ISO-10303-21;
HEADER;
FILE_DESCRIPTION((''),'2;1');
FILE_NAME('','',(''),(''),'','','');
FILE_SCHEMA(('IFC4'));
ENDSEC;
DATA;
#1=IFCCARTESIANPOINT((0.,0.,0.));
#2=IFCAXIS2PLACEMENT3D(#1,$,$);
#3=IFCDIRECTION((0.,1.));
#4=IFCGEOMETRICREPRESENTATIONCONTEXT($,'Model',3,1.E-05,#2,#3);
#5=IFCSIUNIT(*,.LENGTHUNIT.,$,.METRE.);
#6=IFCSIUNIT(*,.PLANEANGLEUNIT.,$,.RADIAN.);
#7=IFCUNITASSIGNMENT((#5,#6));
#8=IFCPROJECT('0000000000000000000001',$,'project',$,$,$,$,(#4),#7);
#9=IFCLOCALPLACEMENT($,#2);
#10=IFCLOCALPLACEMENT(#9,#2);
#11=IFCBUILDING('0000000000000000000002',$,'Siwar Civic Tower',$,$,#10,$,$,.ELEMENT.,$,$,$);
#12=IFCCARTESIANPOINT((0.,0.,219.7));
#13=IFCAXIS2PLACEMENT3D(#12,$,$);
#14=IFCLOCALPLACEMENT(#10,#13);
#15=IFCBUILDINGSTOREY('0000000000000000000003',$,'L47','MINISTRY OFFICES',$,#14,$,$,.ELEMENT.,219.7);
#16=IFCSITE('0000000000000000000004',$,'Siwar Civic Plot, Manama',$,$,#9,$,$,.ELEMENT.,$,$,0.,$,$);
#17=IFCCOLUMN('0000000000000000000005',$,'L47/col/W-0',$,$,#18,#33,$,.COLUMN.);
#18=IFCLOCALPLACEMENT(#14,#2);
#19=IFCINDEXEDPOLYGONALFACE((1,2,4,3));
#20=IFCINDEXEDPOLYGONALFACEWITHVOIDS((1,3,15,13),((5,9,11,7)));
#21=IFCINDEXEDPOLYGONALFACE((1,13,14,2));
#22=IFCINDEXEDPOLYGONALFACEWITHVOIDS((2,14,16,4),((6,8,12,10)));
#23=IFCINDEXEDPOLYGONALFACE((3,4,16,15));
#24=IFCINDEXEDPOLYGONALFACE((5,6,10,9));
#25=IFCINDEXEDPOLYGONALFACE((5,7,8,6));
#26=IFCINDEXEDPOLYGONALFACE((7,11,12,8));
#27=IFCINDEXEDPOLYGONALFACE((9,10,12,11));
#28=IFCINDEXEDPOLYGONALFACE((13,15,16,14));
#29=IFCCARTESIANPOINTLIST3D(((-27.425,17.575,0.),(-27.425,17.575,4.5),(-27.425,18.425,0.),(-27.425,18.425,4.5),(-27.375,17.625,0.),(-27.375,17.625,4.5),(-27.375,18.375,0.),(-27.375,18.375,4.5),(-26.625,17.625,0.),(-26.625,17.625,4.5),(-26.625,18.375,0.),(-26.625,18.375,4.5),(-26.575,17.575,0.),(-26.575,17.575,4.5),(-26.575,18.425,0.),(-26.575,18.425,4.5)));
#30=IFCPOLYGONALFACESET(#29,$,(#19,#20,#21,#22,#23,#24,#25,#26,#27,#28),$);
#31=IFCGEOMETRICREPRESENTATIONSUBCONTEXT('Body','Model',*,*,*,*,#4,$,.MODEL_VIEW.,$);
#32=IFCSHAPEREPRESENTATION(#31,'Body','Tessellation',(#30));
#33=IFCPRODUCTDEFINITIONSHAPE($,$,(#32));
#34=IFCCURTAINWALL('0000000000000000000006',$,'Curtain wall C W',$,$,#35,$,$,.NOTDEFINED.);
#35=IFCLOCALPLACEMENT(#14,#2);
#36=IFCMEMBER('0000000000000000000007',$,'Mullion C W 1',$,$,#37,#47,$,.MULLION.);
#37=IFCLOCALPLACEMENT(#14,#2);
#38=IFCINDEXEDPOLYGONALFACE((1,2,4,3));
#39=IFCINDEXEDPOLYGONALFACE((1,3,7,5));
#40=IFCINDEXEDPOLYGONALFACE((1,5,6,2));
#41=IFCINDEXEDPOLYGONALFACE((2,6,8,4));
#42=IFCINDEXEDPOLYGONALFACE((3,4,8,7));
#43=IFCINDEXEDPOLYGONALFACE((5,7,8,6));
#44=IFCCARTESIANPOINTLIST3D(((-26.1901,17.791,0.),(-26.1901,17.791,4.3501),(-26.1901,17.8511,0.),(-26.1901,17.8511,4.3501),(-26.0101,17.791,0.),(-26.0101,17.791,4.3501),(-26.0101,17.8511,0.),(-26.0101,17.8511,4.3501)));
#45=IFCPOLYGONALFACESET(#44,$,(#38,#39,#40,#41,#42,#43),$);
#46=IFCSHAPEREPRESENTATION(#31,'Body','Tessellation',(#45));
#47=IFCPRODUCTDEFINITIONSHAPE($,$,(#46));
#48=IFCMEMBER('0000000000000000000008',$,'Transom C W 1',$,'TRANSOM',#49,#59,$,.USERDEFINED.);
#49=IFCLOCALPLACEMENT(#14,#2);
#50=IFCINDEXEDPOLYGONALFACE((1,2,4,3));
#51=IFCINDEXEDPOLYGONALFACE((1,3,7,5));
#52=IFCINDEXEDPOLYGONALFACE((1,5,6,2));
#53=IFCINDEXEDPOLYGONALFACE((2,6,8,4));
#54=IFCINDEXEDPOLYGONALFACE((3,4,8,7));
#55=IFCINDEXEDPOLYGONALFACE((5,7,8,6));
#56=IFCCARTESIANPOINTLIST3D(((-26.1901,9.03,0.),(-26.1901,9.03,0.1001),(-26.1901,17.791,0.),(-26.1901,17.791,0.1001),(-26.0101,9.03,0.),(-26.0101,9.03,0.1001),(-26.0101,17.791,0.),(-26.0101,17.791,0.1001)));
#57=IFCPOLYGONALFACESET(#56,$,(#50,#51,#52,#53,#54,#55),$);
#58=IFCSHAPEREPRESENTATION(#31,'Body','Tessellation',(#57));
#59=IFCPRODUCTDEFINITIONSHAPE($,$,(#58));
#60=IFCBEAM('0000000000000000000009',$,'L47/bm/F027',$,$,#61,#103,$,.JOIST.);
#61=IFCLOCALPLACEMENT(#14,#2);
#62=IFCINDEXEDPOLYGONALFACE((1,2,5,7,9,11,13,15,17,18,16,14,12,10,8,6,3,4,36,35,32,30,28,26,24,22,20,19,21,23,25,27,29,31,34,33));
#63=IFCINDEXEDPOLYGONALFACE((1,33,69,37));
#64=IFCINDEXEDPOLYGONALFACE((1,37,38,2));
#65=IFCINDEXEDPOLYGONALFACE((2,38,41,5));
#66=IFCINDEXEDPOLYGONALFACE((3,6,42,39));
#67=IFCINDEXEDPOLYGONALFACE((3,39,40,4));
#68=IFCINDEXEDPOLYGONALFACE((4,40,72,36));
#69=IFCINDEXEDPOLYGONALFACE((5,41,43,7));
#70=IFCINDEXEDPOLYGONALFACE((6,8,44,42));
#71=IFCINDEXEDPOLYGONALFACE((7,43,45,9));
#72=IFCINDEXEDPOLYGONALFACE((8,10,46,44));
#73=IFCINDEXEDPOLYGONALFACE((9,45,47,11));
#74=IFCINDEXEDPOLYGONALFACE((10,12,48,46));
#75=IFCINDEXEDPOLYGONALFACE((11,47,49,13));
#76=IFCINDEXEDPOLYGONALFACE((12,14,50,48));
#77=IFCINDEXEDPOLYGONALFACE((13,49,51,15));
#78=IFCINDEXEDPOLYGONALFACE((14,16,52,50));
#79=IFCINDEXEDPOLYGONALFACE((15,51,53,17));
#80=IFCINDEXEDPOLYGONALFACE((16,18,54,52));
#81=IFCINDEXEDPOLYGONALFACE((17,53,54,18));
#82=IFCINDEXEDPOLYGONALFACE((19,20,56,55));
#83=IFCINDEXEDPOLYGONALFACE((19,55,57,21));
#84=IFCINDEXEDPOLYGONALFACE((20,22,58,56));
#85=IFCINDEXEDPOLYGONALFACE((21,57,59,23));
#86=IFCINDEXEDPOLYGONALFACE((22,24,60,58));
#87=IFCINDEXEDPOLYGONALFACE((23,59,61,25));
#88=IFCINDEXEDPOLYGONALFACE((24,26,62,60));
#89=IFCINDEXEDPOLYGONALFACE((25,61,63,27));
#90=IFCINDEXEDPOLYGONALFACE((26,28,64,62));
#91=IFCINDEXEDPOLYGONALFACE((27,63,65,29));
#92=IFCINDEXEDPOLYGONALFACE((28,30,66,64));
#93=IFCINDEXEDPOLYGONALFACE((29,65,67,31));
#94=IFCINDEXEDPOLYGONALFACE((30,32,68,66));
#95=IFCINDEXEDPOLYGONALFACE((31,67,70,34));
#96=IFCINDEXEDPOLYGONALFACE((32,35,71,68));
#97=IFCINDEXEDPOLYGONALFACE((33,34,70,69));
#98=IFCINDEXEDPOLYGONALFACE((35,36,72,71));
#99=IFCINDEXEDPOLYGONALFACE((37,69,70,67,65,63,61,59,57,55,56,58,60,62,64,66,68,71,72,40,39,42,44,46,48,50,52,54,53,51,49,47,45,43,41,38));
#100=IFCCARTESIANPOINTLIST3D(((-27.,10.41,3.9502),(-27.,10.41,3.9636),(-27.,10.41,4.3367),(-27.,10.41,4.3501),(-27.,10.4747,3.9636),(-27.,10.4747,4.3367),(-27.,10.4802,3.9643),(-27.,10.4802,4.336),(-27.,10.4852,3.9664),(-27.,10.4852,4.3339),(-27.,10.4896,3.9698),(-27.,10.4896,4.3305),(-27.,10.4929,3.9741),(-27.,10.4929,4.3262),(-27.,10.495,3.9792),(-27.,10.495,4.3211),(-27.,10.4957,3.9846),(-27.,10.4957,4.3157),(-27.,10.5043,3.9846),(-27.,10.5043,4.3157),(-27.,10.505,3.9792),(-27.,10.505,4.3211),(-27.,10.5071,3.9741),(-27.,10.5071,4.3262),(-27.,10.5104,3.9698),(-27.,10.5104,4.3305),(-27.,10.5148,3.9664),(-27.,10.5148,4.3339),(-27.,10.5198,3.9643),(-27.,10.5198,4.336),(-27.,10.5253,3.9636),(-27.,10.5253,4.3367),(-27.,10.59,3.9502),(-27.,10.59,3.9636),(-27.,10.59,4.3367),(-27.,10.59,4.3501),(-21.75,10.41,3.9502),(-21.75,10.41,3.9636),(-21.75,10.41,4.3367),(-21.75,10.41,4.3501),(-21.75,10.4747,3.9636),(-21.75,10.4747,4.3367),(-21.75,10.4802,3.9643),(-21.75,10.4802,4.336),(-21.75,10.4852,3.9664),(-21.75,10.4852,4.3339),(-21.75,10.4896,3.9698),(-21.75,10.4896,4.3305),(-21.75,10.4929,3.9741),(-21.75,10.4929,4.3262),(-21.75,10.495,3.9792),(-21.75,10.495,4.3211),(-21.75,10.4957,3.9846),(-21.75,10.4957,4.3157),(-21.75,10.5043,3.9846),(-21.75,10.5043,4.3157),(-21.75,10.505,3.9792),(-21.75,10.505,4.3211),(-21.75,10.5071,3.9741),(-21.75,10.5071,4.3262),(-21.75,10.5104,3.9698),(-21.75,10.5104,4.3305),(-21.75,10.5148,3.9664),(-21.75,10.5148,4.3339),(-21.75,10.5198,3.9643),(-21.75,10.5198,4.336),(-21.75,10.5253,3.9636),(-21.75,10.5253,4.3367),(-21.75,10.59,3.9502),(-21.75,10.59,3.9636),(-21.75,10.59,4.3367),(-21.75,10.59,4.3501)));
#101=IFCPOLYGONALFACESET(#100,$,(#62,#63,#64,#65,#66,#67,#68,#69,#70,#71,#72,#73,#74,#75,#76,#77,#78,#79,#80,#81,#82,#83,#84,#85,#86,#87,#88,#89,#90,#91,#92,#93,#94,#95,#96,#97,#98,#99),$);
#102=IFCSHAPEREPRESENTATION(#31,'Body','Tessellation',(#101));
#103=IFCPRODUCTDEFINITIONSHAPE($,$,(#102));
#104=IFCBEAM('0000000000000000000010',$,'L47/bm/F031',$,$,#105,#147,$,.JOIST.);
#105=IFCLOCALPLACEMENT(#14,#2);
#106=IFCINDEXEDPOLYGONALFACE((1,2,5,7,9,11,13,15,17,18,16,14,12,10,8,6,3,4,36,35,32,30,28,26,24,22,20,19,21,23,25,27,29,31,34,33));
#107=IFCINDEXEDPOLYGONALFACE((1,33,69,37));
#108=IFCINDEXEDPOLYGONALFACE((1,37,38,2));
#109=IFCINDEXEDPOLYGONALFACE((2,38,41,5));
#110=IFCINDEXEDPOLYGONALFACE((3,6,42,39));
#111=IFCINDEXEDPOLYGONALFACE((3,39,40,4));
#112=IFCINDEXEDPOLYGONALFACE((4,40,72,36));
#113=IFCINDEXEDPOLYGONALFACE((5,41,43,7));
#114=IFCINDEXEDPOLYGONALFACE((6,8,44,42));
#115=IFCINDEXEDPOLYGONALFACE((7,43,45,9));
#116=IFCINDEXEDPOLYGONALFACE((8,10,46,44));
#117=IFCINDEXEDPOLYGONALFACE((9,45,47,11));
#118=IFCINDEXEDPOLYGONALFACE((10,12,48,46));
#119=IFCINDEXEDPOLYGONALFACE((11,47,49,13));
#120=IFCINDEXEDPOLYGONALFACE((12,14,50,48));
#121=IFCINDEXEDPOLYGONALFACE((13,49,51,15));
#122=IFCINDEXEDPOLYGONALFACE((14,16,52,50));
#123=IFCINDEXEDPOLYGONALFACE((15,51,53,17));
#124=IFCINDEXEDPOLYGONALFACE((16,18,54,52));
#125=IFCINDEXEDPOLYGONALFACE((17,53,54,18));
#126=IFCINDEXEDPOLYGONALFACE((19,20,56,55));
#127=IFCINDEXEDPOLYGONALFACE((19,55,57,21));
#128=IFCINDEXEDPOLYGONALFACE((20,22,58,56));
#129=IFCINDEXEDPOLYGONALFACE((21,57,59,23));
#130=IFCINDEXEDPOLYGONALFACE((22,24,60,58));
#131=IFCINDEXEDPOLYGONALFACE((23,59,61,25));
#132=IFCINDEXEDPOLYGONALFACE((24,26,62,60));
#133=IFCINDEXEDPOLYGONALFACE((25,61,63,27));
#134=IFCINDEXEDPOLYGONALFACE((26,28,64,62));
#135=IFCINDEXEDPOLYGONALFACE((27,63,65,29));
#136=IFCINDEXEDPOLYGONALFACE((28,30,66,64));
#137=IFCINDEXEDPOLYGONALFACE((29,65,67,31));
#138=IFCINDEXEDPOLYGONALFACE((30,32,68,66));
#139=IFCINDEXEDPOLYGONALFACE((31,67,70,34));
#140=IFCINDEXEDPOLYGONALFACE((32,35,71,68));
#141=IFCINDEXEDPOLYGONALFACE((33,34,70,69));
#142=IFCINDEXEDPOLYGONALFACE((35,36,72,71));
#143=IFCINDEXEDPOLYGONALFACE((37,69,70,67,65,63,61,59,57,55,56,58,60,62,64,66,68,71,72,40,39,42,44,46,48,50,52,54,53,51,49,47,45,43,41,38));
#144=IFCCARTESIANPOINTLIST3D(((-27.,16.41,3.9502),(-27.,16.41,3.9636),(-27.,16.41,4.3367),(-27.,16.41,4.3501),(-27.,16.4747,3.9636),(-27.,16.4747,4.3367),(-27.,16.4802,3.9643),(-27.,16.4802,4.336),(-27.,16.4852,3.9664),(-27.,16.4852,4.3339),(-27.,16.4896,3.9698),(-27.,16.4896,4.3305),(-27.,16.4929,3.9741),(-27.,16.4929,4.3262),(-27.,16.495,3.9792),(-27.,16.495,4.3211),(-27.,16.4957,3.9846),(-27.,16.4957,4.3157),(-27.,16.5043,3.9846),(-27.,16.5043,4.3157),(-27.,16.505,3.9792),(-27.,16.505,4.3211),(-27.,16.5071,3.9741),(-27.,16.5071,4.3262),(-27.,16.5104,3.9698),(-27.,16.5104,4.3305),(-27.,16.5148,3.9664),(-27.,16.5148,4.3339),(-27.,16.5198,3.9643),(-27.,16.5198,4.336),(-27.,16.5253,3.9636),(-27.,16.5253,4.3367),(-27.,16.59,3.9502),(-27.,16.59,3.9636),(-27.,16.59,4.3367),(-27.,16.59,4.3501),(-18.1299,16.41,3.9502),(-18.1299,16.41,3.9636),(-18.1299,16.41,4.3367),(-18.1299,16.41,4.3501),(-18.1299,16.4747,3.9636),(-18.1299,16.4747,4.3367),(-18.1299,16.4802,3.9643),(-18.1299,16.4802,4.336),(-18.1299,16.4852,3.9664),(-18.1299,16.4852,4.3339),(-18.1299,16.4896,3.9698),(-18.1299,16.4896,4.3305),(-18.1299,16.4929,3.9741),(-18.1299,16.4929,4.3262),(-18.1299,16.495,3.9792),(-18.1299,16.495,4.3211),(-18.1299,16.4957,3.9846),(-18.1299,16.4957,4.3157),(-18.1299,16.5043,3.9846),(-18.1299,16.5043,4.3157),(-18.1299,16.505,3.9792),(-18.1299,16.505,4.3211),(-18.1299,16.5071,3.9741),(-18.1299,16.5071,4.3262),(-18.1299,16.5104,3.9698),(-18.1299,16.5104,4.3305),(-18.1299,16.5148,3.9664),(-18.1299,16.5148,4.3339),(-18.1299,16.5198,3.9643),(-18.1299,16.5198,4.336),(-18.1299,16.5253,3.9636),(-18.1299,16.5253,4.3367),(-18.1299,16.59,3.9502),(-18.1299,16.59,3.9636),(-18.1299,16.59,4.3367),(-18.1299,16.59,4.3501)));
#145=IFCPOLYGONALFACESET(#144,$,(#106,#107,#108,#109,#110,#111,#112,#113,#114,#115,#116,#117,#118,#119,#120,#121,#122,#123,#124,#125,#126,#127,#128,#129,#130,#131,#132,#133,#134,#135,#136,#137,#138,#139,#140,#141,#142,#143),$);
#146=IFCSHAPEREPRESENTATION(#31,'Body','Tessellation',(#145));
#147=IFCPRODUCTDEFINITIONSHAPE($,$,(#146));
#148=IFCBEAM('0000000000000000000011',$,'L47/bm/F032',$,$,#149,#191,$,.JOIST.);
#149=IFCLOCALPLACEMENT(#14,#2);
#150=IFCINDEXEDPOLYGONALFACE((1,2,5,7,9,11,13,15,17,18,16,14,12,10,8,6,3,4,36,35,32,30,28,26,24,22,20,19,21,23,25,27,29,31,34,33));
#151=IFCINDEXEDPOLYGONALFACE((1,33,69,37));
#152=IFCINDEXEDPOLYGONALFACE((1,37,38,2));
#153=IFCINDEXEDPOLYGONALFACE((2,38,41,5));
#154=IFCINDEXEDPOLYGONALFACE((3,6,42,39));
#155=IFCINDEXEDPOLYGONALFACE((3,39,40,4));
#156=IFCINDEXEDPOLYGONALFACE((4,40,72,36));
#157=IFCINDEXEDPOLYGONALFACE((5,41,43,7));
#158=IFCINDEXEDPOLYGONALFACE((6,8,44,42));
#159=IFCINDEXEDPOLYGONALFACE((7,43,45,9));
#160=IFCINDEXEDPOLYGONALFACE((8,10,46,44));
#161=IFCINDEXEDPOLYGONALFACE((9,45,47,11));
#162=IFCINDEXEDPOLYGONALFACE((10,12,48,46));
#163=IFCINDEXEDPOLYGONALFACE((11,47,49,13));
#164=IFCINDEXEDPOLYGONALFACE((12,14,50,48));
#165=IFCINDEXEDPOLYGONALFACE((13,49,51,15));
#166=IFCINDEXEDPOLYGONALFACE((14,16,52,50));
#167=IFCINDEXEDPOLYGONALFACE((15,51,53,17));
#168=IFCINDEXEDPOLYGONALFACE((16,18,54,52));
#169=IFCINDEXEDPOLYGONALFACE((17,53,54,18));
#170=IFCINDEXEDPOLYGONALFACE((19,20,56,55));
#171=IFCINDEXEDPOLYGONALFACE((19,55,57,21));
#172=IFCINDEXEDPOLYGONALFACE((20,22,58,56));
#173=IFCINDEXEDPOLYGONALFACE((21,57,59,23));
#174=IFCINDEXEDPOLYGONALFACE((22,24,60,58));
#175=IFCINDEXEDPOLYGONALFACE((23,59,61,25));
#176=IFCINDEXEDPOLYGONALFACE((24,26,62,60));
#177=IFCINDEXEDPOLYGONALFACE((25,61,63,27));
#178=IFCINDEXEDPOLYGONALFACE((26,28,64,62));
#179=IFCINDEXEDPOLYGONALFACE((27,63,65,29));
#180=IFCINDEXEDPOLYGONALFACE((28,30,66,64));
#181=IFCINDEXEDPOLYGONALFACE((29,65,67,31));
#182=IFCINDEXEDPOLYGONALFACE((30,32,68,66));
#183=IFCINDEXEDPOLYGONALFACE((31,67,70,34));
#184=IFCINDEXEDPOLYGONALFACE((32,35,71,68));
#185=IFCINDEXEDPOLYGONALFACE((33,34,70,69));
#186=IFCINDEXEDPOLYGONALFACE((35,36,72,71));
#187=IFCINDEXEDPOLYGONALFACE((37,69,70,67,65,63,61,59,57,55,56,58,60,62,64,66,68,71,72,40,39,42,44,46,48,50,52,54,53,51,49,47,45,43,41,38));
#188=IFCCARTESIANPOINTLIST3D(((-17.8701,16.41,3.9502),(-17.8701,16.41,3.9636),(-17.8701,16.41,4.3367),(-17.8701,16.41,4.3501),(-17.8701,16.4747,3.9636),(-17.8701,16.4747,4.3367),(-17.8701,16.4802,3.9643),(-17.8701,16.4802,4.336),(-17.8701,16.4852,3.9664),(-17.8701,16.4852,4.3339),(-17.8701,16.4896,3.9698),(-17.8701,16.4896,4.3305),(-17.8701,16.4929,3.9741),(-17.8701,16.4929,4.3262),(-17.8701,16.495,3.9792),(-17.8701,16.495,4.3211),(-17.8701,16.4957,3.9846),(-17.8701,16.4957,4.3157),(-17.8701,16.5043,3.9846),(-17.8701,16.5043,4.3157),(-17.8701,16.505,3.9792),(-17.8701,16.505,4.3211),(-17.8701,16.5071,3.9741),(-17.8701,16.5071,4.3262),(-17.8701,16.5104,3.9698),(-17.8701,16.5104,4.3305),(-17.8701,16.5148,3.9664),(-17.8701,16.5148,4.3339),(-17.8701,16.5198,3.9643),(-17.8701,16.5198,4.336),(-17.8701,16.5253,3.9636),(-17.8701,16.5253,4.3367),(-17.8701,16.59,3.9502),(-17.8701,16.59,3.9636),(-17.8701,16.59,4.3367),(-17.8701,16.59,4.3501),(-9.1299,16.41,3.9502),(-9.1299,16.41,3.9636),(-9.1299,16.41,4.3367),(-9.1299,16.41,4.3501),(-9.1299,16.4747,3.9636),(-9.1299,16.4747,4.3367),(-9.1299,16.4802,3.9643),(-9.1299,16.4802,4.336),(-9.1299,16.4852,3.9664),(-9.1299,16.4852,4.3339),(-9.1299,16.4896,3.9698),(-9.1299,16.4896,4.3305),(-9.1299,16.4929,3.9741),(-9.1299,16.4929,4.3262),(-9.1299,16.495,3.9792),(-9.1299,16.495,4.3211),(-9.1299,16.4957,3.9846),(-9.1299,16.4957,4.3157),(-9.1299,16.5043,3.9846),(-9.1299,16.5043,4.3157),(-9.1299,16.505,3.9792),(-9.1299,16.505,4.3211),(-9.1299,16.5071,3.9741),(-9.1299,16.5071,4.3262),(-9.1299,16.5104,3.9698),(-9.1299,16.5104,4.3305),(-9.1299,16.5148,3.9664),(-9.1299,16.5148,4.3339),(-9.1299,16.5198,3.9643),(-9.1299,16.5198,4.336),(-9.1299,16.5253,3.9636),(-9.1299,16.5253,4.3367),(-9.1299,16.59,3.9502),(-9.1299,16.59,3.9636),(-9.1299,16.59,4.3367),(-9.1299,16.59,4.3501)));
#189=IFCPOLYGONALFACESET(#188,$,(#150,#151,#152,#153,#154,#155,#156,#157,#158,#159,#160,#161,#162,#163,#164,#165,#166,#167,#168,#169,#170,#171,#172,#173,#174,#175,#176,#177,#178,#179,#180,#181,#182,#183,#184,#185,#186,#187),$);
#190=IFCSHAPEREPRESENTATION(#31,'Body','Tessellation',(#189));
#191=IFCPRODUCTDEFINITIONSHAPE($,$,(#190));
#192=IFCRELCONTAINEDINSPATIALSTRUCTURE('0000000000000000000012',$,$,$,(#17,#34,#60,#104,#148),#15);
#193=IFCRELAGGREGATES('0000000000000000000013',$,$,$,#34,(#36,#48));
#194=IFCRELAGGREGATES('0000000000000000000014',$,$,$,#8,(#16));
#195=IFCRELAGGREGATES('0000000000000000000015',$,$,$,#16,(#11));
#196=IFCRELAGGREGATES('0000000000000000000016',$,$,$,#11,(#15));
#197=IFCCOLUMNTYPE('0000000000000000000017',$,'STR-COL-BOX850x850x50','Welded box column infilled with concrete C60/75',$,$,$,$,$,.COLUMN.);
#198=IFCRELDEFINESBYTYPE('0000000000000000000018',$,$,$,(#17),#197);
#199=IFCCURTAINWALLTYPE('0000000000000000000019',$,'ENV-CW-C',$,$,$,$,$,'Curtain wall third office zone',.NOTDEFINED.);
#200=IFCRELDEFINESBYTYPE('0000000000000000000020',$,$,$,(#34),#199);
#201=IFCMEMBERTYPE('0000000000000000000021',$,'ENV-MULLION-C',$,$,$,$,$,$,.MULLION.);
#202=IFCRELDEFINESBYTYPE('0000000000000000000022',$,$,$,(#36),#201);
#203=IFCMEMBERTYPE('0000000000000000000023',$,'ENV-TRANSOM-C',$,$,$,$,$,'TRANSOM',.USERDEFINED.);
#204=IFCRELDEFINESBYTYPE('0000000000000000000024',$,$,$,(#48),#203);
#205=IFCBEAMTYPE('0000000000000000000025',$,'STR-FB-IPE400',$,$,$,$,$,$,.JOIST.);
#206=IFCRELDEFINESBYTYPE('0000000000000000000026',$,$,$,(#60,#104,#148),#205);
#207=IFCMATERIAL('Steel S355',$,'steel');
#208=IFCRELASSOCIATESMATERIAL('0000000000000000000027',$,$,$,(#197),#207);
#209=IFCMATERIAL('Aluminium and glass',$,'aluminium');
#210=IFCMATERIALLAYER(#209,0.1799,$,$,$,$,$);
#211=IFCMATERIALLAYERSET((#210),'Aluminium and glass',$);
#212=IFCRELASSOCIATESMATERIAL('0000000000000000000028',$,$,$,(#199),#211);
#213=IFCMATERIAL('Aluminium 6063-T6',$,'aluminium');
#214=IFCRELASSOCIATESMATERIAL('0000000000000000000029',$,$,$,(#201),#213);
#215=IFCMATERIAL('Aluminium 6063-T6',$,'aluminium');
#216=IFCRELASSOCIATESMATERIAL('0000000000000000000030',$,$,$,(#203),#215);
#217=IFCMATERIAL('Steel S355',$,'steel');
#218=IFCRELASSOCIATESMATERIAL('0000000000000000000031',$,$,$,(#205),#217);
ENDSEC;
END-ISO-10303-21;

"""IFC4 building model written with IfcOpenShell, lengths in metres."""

from ifc_helpers import new_model, si_unit, direction, frame, origin, origin_2d, place, context, subcontext, project, spatial, rectangle, hollow_rectangle, i_section, extrude, material, layer, layer_set, material_profile, profile_set, type_object, element, aggregate, save


model = new_model("IFC4")

# Units and contexts
model_context = context("Model", 3, precision=1e-05, world=origin(), true_north=direction((0.0, 1.0)))
body_context = subcontext(model_context, "Body", "Model", "MODEL_VIEW")
ifc_project = project(units=[si_unit("LENGTHUNIT", "METRE"), si_unit("PLANEANGLEUNIT", "RADIAN")], contexts=[model_context])

# Site, building, storey
site_placement = place(None, origin())
site = spatial("IfcSite", under=ifc_project, at=site_placement, Name="Siwar Civic Plot, Manama", CompositionType="ELEMENT", RefElevation=0.0)
building_placement = place(site_placement, origin())
building = spatial("IfcBuilding", under=site, at=building_placement, Name="Siwar Civic Tower", CompositionType="ELEMENT")
storey_placement = place(building_placement, frame((0.0, 0.0, 219.7)))
storey = spatial("IfcBuildingStorey", under=building, at=storey_placement, Name="L47", Description="MINISTRY OFFICES", CompositionType="ELEMENT", Elevation=219.7)

# Column
ifc_material_1 = material(Name="Steel S355", Category="steel")
ifc_material_profile_1 = material_profile(ifc_material_1, hollow_rectangle(XDim=0.8501, YDim=0.8501, WallThickness=0.05, at=origin_2d()), Name="BOX850x850x50")
ifc_profile_set_1 = profile_set([ifc_material_profile_1], Name="Steel S355")
column_type = type_object("IfcColumnType", Name="STR-COL-BOX850x850x50", Description="Welded box column infilled with concrete C60/75", PredefinedType="COLUMN", material=ifc_profile_set_1)
column_placement = place(storey_placement, frame((-27.0, 18.0, 0.0), z_axis=(0.0, 0.0, 1.0), x_axis=(1.0, 0.0, 0.0)))
element("IfcColumn", 1, at=column_placement, inside=storey, type_object=column_type, Name="L47/col/W-0", PredefinedType="COLUMN", context=body_context, shape_type="SweptSolid", body=[
    extrude(hollow_rectangle(XDim=0.8501, YDim=0.8501, WallThickness=0.05, at=origin_2d()), origin(), (0.0, 0.0, 1.0), 4.5),
])

# Curtain wall, members
ifc_material_2 = material(Name="Aluminium and glass", Category="aluminium")
ifc_layer_1 = layer(ifc_material_2, 0.1799)
ifc_layer_set_1 = layer_set([ifc_layer_1], Name="Aluminium and glass")
curtain_wall_type = type_object("IfcCurtainWallType", Name="ENV-CW-C", ElementType="Curtain wall third office zone", PredefinedType="NOTDEFINED", material=ifc_layer_set_1)
curtain_wall_placement = place(storey_placement, origin())
curtain_wall = element("IfcCurtainWall", 2, at=curtain_wall_placement, inside=storey, type_object=curtain_wall_type, Name="Curtain wall C W", PredefinedType="NOTDEFINED")
ifc_material_3 = material(Name="Aluminium 6063-T6", Category="aluminium")
ifc_material_profile_2 = material_profile(ifc_material_3, rectangle(XDim=0.1799, YDim=0.0601, at=origin_2d()), Name="AL 180x60")
ifc_profile_set_2 = profile_set([ifc_material_profile_2], Name="Aluminium 6063-T6")
member_type_1 = type_object("IfcMemberType", Name="ENV-MULLION-C", PredefinedType="MULLION", material=ifc_profile_set_2)
member_1_placement = place(storey_placement, frame((-26.1001, 17.821, 0.0), z_axis=(0.0, 0.0, 1.0), x_axis=(1.0, 0.0, 0.0)))
member_1 = element("IfcMember", 3, at=member_1_placement, type_object=member_type_1, Name="Mullion C W 1", PredefinedType="MULLION", context=body_context, shape_type="SweptSolid", body=[
    extrude(rectangle(XDim=0.1799, YDim=0.0601, at=origin_2d()), origin(), (0.0, 0.0, 1.0), 4.3501),
])
ifc_material_4 = material(Name="Aluminium 6063-T6", Category="aluminium")
ifc_material_profile_3 = material_profile(ifc_material_4, rectangle(XDim=0.1799, YDim=0.1001, at=origin_2d()), Name="AL 180x100")
ifc_profile_set_3 = profile_set([ifc_material_profile_3], Name="Aluminium 6063-T6")
member_type_2 = type_object("IfcMemberType", Name="ENV-TRANSOM-C", ElementType="TRANSOM", PredefinedType="USERDEFINED", material=ifc_profile_set_3)
member_2_placement = place(storey_placement, frame((-26.1001, 17.791, 0.05), z_axis=(0.0, -1.0, 0.0), x_axis=(1.0, 0.0, 0.0)))
member_2 = element("IfcMember", 4, at=member_2_placement, type_object=member_type_2, Name="Transom C W 1", ObjectType="TRANSOM", PredefinedType="USERDEFINED", context=body_context, shape_type="SweptSolid", body=[
    extrude(rectangle(XDim=0.1799, YDim=0.1001, at=origin_2d()), origin(), (0.0, 0.0, 1.0), 8.761),
])

# Beams
ifc_material_5 = material(Name="Steel S355", Category="steel")
ifc_material_profile_4 = material_profile(ifc_material_5, i_section(OverallWidth=0.1799, OverallDepth=0.3999, WebThickness=0.0085, FlangeThickness=0.0134, FilletRadius=0.021, at=origin_2d()), Name="IPE400")
ifc_profile_set_4 = profile_set([ifc_material_profile_4], Name="Steel S355")
beam_type_1 = type_object("IfcBeamType", Name="STR-FB-IPE400", PredefinedType="JOIST", material=ifc_profile_set_4)
beam_1_placement = place(storey_placement, frame((-27.0, 10.5, 4.1501), z_axis=(1.0, 0.0, 0.0), x_axis=(0.0, 1.0, 0.0)))
element("IfcBeam", 5, at=beam_1_placement, inside=storey, type_object=beam_type_1, Name="L47/bm/F027", PredefinedType="JOIST", context=body_context, shape_type="SweptSolid", body=[
    extrude(i_section(OverallWidth=0.1799, OverallDepth=0.3999, WebThickness=0.0085, FlangeThickness=0.0134, FilletRadius=0.021, at=origin_2d()), origin(), (0.0, 0.0, 1.0), 5.25),
])
beam_2_placement = place(storey_placement, frame((-27.0, 16.5, 4.1501), z_axis=(1.0, 0.0, 0.0), x_axis=(0.0, 1.0, 0.0)))
element("IfcBeam", 6, at=beam_2_placement, inside=storey, type_object=beam_type_1, Name="L47/bm/F031", PredefinedType="JOIST", context=body_context, shape_type="SweptSolid", body=[
    extrude(i_section(OverallWidth=0.1799, OverallDepth=0.3999, WebThickness=0.0085, FlangeThickness=0.0134, FilletRadius=0.021, at=origin_2d()), origin(), (0.0, 0.0, 1.0), 8.8701),
])
beam_3_placement = place(storey_placement, frame((-17.8701, 16.5, 4.1501), z_axis=(1.0, 0.0, 0.0), x_axis=(0.0, 1.0, 0.0)))
element("IfcBeam", 7, at=beam_3_placement, inside=storey, type_object=beam_type_1, Name="L47/bm/F032", PredefinedType="JOIST", context=body_context, shape_type="SweptSolid", body=[
    extrude(i_section(OverallWidth=0.1799, OverallDepth=0.3999, WebThickness=0.0085, FlangeThickness=0.0134, FilletRadius=0.021, at=origin_2d()), origin(), (0.0, 0.0, 1.0), 8.7402),
])

aggregate(curtain_wall, [member_1, member_2])

save(model, "model.ifc")
